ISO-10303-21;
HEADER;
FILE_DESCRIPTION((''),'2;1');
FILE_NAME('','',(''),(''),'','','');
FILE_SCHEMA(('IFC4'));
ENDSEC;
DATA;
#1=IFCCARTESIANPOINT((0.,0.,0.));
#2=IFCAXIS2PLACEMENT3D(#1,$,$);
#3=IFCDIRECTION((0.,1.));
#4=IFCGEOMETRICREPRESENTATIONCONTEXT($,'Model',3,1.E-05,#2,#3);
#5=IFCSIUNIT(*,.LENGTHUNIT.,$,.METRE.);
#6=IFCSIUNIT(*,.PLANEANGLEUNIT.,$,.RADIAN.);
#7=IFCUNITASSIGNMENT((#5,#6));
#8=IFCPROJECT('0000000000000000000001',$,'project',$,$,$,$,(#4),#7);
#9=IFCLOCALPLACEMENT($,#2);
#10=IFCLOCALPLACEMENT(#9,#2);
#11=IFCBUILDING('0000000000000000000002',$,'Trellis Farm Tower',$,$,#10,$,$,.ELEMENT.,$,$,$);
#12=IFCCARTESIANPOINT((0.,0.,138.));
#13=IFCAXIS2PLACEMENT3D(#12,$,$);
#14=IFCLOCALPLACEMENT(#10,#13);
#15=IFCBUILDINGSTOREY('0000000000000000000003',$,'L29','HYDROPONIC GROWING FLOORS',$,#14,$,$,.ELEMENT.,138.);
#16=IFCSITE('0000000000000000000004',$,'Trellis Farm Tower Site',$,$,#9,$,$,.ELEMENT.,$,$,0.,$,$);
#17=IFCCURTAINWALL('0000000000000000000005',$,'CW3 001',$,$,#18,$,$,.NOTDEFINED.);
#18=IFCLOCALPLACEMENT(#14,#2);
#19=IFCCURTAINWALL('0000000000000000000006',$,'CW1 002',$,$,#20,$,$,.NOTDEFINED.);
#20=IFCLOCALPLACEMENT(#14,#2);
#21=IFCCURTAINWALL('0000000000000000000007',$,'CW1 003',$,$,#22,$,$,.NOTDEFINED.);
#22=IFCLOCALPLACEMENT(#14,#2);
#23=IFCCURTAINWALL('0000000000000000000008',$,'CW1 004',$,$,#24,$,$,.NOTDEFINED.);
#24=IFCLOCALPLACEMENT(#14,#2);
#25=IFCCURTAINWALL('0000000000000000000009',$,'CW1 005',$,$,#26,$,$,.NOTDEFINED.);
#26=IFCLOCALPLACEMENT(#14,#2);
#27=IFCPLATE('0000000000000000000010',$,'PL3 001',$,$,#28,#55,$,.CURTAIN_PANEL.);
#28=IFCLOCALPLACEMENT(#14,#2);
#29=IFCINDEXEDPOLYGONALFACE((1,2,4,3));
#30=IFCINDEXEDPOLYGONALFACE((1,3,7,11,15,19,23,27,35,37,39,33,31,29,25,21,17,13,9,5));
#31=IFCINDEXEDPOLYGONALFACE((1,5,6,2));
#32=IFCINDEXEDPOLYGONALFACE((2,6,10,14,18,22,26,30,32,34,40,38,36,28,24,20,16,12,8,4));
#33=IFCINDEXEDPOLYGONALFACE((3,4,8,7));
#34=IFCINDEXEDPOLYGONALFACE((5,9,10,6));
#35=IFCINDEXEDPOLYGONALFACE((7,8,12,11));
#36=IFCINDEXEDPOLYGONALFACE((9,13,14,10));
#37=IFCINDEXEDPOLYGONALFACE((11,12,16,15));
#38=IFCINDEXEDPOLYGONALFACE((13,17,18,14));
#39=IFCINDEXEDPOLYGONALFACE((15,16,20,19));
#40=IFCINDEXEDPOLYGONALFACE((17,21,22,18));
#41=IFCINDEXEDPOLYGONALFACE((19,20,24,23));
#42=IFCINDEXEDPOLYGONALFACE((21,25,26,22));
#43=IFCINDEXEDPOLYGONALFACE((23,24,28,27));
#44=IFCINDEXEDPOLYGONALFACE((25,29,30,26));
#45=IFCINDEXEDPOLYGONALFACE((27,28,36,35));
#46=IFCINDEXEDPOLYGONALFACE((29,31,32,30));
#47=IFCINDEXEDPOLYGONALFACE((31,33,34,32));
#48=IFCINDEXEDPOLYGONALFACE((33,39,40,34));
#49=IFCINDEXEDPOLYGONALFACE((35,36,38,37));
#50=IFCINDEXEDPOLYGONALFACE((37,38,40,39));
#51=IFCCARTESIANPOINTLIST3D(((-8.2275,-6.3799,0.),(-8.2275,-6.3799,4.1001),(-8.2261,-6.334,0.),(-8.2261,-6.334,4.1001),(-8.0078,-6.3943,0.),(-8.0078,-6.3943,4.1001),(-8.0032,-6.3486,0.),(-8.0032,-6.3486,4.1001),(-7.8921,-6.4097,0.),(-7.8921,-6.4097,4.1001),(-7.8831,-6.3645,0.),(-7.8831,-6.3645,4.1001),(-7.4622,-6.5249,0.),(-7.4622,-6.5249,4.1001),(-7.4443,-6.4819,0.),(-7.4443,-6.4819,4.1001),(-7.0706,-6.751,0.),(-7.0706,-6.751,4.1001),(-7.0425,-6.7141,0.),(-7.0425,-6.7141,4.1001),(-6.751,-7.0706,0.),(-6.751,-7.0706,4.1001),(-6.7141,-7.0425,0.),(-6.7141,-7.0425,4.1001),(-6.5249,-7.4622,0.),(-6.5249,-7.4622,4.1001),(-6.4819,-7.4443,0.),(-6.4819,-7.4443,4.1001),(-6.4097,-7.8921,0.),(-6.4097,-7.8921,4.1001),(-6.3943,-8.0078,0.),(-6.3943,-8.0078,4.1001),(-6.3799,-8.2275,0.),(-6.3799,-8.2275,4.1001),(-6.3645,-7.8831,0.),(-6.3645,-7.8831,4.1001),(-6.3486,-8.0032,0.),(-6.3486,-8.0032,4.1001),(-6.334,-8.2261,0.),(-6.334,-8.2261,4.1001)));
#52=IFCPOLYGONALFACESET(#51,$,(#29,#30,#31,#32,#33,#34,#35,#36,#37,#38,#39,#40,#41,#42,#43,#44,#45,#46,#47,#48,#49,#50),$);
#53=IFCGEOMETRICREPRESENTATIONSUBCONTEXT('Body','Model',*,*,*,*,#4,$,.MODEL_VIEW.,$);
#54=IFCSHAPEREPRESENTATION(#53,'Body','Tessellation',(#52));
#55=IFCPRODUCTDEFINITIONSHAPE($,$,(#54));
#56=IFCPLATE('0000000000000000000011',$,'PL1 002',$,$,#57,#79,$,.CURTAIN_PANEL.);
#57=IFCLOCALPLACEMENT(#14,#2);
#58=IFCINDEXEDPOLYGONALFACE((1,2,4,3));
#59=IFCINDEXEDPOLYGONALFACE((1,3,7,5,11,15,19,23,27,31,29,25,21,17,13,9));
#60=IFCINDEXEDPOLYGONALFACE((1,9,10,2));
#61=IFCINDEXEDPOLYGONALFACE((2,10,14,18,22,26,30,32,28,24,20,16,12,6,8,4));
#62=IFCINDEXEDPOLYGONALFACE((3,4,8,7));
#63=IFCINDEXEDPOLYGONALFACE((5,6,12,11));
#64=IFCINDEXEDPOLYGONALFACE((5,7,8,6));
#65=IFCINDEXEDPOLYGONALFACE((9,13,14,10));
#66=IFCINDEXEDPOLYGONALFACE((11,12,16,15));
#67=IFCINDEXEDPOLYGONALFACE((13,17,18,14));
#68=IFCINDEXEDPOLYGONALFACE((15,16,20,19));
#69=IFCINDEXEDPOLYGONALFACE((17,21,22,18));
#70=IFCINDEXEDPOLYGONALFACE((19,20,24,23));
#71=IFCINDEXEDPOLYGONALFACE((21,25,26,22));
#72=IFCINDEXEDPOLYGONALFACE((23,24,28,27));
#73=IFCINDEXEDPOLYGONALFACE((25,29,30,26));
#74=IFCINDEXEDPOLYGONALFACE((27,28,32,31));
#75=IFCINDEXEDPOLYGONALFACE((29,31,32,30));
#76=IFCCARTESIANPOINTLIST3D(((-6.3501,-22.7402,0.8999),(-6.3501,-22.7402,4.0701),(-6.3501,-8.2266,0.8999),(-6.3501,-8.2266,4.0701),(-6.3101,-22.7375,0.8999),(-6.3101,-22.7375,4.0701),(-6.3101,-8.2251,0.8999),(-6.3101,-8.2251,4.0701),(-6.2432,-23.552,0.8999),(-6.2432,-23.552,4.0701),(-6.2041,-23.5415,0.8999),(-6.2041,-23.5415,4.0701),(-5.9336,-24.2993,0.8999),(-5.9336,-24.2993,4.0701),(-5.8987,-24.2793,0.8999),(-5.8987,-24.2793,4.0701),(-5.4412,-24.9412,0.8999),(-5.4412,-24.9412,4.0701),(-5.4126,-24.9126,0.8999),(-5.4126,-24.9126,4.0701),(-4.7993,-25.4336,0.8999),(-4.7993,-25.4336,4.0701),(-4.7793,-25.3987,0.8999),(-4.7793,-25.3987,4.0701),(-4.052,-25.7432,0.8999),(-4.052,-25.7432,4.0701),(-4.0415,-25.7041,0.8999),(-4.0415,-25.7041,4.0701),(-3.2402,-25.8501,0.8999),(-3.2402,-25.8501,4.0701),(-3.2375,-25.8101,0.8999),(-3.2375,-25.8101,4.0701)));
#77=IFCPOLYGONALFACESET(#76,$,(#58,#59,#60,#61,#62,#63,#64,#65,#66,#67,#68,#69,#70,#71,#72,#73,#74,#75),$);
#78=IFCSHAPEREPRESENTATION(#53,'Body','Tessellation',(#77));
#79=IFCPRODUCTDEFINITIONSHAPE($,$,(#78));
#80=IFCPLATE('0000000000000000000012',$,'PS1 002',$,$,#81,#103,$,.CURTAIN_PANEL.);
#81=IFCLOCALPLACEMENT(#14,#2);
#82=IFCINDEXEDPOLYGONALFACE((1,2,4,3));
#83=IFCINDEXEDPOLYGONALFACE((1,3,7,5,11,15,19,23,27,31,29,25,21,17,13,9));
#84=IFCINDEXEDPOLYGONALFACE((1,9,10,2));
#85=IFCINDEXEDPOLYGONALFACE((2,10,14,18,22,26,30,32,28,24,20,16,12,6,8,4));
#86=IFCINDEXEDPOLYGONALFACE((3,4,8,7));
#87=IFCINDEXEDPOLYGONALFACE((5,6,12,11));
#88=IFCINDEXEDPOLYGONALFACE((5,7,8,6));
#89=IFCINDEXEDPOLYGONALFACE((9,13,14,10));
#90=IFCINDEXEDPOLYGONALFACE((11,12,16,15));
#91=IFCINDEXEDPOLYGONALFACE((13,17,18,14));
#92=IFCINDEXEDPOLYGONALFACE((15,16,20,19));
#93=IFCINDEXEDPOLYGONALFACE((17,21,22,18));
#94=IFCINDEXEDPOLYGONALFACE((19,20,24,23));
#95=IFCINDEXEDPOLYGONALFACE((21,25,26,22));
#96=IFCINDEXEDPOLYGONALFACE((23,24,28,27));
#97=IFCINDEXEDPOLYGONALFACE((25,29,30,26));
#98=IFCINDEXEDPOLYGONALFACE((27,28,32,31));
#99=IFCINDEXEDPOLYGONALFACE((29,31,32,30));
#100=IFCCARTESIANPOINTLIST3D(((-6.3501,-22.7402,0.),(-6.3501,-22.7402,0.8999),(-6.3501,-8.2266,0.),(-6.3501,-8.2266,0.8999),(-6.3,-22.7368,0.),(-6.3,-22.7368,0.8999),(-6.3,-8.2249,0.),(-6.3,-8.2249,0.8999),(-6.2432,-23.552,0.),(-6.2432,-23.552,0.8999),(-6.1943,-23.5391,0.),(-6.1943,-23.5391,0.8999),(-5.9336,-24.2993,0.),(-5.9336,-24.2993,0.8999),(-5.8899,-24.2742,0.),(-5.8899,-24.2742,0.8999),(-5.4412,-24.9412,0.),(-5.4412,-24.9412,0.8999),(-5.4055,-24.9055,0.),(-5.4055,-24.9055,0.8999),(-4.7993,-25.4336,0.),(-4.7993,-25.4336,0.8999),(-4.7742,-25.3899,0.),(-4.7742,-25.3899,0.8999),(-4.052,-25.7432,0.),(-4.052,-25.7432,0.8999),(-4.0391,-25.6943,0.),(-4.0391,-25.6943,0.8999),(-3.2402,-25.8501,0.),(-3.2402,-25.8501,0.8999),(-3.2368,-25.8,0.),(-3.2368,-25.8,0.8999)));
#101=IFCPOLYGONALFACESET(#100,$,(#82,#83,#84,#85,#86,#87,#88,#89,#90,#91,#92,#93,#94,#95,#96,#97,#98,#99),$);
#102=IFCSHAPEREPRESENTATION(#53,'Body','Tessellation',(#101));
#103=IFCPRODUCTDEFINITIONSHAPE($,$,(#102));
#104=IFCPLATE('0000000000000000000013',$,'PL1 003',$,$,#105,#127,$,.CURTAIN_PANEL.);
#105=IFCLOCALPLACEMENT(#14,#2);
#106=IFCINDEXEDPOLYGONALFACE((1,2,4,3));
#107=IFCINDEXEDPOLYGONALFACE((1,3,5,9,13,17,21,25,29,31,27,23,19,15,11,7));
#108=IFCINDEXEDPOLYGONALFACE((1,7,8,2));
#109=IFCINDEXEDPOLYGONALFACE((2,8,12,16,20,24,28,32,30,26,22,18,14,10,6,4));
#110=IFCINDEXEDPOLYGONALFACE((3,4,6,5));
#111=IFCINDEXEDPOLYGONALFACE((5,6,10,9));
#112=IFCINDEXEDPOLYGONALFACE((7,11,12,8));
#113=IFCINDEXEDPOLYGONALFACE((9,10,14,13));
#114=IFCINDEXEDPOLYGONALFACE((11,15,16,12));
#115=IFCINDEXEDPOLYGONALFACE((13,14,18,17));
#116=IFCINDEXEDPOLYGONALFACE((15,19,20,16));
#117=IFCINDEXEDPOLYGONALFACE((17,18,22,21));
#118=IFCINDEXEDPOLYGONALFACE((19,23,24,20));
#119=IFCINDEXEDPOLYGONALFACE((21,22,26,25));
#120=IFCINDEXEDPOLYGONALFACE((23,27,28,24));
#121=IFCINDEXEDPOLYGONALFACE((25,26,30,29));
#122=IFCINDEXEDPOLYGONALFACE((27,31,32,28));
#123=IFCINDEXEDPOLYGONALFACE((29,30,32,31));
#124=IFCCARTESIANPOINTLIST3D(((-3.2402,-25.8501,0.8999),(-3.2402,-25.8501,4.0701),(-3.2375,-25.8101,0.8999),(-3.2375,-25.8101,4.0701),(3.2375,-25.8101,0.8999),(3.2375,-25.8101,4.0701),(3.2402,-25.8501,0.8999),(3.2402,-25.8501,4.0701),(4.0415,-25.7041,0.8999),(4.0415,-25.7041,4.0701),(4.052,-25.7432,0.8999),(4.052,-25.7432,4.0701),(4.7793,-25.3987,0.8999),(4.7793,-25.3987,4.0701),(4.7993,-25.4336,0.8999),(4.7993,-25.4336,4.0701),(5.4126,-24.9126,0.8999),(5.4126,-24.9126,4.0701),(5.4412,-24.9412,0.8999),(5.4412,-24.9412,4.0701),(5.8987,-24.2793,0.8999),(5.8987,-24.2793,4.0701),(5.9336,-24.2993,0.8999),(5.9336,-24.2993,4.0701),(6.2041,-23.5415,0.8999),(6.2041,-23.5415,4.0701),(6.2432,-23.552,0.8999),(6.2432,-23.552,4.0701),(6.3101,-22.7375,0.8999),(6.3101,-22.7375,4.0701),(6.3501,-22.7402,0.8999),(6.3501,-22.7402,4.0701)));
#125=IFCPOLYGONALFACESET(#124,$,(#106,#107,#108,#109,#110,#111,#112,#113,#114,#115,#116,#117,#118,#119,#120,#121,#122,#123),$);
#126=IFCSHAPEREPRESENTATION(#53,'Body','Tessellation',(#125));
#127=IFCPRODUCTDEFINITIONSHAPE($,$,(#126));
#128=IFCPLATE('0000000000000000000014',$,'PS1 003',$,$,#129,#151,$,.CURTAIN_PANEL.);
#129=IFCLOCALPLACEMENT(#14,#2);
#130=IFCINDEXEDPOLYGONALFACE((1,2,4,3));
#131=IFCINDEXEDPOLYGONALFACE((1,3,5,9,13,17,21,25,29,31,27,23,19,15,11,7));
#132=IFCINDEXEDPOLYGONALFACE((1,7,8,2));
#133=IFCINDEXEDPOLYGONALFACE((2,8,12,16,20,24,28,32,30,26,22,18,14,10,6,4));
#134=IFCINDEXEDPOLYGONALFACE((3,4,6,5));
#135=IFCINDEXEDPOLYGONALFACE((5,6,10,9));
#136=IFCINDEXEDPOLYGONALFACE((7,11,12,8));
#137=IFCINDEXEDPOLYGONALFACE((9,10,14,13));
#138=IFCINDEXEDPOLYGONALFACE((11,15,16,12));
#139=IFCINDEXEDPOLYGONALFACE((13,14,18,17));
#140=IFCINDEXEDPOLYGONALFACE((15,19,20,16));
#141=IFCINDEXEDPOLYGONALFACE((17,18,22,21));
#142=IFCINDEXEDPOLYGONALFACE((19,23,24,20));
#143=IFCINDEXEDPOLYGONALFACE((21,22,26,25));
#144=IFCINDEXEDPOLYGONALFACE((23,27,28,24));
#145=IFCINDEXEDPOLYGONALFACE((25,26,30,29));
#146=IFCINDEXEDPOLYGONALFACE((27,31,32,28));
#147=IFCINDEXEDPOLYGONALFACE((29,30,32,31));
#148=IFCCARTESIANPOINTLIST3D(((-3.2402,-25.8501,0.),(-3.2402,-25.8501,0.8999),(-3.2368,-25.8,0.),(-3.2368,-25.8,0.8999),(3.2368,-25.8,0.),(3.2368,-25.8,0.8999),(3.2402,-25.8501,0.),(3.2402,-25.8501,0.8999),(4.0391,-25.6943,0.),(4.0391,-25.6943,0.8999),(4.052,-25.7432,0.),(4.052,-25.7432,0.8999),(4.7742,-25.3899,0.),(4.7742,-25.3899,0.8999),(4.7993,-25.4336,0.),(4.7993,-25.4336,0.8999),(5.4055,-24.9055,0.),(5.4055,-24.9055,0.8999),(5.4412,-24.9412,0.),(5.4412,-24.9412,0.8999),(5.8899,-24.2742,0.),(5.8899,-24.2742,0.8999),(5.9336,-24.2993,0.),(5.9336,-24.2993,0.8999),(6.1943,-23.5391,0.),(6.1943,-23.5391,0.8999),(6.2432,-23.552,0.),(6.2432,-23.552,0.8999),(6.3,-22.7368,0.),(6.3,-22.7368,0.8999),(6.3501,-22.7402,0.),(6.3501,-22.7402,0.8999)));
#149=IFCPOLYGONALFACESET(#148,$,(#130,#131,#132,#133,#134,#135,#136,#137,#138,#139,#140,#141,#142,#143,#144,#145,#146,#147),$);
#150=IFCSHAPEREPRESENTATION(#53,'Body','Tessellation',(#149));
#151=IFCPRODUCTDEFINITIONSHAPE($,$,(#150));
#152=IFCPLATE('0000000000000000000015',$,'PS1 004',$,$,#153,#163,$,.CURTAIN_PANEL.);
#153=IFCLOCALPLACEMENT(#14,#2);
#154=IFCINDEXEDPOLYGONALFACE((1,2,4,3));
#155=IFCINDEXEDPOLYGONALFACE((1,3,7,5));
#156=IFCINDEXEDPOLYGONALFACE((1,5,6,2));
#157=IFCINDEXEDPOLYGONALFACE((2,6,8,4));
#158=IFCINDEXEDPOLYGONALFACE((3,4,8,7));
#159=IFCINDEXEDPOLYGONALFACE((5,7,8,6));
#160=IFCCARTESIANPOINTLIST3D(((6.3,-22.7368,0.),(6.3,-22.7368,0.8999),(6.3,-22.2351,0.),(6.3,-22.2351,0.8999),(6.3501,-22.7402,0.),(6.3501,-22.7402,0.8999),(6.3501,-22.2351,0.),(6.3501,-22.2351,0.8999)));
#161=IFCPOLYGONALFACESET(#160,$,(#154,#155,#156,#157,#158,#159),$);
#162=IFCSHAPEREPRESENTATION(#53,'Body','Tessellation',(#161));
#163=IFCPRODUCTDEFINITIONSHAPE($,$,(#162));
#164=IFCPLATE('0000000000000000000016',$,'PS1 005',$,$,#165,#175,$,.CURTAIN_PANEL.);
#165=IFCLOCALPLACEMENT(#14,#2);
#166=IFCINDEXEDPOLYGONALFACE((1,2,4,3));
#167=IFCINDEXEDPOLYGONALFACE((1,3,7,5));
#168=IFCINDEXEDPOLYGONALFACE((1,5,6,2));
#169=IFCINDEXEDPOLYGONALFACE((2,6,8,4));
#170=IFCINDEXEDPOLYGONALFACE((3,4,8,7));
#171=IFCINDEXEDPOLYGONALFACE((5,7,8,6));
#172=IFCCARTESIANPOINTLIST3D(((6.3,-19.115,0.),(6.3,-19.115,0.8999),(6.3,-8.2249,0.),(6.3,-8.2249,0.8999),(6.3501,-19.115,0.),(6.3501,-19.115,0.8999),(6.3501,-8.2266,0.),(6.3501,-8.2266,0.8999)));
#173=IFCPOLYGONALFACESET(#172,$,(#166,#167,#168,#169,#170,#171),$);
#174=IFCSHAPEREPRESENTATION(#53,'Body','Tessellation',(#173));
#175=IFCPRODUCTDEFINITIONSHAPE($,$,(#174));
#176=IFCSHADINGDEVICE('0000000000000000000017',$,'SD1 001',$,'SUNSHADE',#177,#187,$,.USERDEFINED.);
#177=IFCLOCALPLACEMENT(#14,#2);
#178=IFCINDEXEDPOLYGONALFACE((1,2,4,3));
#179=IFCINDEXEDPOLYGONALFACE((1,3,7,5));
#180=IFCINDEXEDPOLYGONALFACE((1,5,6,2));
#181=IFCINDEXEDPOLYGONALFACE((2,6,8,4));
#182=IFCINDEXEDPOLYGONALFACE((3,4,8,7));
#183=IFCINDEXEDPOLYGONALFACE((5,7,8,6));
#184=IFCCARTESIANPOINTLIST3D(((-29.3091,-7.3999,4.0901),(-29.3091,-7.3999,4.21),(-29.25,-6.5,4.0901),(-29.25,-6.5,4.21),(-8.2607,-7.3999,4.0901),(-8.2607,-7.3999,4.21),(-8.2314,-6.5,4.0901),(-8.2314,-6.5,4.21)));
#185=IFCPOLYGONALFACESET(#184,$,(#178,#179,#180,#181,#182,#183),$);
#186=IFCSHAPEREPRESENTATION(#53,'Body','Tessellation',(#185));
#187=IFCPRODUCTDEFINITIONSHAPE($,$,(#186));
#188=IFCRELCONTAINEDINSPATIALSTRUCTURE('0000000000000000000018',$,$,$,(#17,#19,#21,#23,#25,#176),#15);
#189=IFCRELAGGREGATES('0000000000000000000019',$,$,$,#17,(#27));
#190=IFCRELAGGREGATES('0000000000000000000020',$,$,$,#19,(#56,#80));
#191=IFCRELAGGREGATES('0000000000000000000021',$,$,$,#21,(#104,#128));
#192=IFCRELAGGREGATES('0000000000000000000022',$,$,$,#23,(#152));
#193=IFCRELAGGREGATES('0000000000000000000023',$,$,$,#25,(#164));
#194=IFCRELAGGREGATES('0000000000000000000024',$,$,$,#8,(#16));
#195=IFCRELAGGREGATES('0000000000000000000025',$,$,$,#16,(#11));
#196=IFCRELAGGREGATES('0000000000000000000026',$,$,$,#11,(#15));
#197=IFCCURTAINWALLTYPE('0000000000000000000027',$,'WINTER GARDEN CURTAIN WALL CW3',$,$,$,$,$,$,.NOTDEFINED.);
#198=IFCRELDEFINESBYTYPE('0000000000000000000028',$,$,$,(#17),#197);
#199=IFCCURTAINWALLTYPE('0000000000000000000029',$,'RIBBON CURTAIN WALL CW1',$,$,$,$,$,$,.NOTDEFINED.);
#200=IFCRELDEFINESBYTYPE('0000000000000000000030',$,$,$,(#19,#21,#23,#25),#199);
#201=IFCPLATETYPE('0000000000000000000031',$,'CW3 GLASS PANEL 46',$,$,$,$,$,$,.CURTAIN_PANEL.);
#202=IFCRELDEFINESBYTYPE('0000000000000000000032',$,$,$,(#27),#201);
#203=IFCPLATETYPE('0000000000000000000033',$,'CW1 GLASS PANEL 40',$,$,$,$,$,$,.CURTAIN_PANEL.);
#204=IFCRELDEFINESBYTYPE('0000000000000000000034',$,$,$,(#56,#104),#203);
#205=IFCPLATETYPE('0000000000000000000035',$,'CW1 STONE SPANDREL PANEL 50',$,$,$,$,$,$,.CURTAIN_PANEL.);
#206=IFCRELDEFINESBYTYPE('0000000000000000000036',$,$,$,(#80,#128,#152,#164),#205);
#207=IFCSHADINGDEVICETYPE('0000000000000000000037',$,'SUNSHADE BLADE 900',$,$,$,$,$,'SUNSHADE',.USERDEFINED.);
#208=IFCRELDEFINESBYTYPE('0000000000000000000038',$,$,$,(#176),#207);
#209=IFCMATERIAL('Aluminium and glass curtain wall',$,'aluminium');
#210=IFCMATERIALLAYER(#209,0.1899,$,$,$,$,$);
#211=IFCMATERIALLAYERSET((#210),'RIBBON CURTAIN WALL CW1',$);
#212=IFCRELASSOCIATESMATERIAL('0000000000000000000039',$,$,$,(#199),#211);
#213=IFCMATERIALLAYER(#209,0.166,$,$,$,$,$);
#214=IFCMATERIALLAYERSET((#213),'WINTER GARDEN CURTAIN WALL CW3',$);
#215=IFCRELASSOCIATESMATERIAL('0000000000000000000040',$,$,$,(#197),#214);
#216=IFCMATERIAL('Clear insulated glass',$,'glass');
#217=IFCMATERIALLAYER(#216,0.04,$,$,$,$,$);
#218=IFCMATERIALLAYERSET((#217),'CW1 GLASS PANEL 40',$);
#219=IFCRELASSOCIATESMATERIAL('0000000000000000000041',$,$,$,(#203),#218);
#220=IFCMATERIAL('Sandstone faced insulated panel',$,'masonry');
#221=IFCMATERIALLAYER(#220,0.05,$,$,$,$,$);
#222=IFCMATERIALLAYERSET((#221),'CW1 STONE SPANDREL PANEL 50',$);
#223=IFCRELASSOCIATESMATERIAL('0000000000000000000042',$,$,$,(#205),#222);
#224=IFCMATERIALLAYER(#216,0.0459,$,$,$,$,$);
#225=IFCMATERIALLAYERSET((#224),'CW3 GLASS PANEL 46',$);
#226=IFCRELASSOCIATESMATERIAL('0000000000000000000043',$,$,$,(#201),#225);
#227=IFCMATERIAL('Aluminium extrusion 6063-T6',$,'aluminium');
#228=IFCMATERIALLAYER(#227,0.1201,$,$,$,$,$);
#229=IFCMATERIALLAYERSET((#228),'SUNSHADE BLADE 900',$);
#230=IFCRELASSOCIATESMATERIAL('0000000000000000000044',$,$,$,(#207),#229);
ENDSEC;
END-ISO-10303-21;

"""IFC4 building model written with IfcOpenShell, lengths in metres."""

from ifc_helpers import new_model, si_unit, direction, frame, origin, place, context, subcontext, project, spatial, polyline, outline, extrude, source, transform, mapped, material, layer, layer_set, type_object, element, aggregate, save


model = new_model("IFC4")

# Units and contexts
model_context = context("Model", 3, precision=1e-05, world=origin(), true_north=direction((0.0, 1.0)))
body_context = subcontext(model_context, "Body", "Model", "MODEL_VIEW")
ifc_project = project(units=[si_unit("LENGTHUNIT", "METRE"), si_unit("PLANEANGLEUNIT", "RADIAN")], contexts=[model_context])

# Site, building, storey
site_placement = place(None, origin())
site = spatial("IfcSite", under=ifc_project, at=site_placement, Name="Trellis Farm Tower Site", CompositionType="ELEMENT", RefElevation=0.0)
building_placement = place(site_placement, origin())
building = spatial("IfcBuilding", under=site, at=building_placement, Name="Trellis Farm Tower", CompositionType="ELEMENT")
storey_placement = place(building_placement, frame((0.0, 0.0, 138.0)))
storey = spatial("IfcBuildingStorey", under=building, at=storey_placement, Name="L29", Description="HYDROPONIC GROWING FLOORS", CompositionType="ELEMENT", Elevation=138.0)

# Curtain walls
ifc_material_1 = material(Name="Aluminium and glass curtain wall", Category="aluminium")
ifc_layer_1 = layer(ifc_material_1, 0.1899)
ifc_layer_set_1 = layer_set([ifc_layer_1], Name="RIBBON CURTAIN WALL CW1")
curtain_wall_type_1 = type_object("IfcCurtainWallType", Name="RIBBON CURTAIN WALL CW1", PredefinedType="NOTDEFINED", material=ifc_layer_set_1)
placement_1 = place(storey_placement, origin())
ifc_material_2 = material(Name="Aluminium extrusion 6063-T6", Category="aluminium")
ifc_layer_2 = layer(ifc_material_1, 0.166)
ifc_layer_set_2 = layer_set([ifc_layer_2], Name="WINTER GARDEN CURTAIN WALL CW3")
curtain_wall_type_2 = type_object("IfcCurtainWallType", Name="WINTER GARDEN CURTAIN WALL CW3", PredefinedType="NOTDEFINED", material=ifc_layer_set_2)
curtain_wall_1 = element("IfcCurtainWall", 1, at=placement_1, inside=storey, type_object=curtain_wall_type_2, Name="CW3 001", PredefinedType="NOTDEFINED")
curtain_wall_2 = element("IfcCurtainWall", 2, at=placement_1, inside=storey, type_object=curtain_wall_type_1, Name="CW1 002", PredefinedType="NOTDEFINED")
curtain_wall_3 = element("IfcCurtainWall", 3, at=placement_1, inside=storey, type_object=curtain_wall_type_1, Name="CW1 003", PredefinedType="NOTDEFINED")

# Curtain wall
curtain_wall_4 = element("IfcCurtainWall", 4, at=placement_1, inside=storey, type_object=curtain_wall_type_1, Name="CW1 004", PredefinedType="NOTDEFINED")
ifc_material_3 = material(Name="Clear insulated glass", Category="glass")
ifc_layer_3 = layer(ifc_material_3, 0.04)
ifc_layer_set_3 = layer_set([ifc_layer_3], Name="CW1 GLASS PANEL 40")
plate_type_1 = type_object("IfcPlateType", Name="CW1 GLASS PANEL 40", PredefinedType="CURTAIN_PANEL", material=ifc_layer_set_3)
placement_2 = place(storey_placement, frame((0.0, 0.0, 0.8999)))

# Curtain wall
curtain_wall_5 = element("IfcCurtainWall", 5, at=placement_1, inside=storey, type_object=curtain_wall_type_1, Name="CW1 005", PredefinedType="NOTDEFINED")

# Plates
ifc_material_4 = material(Name="Sandstone faced insulated panel", Category="masonry")
ifc_layer_4 = layer(ifc_material_4, 0.05)
ifc_layer_set_4 = layer_set([ifc_layer_4], Name="CW1 STONE SPANDREL PANEL 50")
plate_type_2 = type_object("IfcPlateType", Name="CW1 STONE SPANDREL PANEL 50", PredefinedType="CURTAIN_PANEL", material=ifc_layer_set_4)
ifc_layer_5 = layer(ifc_material_3, 0.0459)
ifc_layer_set_5 = layer_set([ifc_layer_5], Name="CW3 GLASS PANEL 46")
plate_type_3 = type_object("IfcPlateType", Name="CW3 GLASS PANEL 46", PredefinedType="CURTAIN_PANEL", material=ifc_layer_set_5)
shared_shape_1 = source(origin(), body_context, "Body", "SweptSolid", [
    extrude(outline(polyline([(-8.2275, -6.3799), (-8.0078, -6.3943), (-7.8921, -6.4097), (-7.4622, -6.5249), (-7.0706, -6.751), (-6.751, -7.0706), (-6.5249, -7.4622), (-6.4097, -7.8921), (-6.3943, -8.0078), (-6.3799, -8.2275), (-6.334, -8.2261), (-6.3486, -8.0032), (-6.3645, -7.8831), (-6.4819, -7.4443), (-6.7141, -7.0425), (-7.0425, -6.7141), (-7.4443, -6.4819), (-7.8831, -6.3645), (-8.0032, -6.3486), (-8.2261, -6.334), (-8.2275, -6.3799)])), origin(), (0.0, 0.0, 1.0), 4.1001),
])
plate_1 = element("IfcPlate", 6, at=placement_1, type_object=plate_type_3, Name="PL3 001", PredefinedType="CURTAIN_PANEL", context=body_context, shape_type="MappedRepresentation", body=[
    mapped(shared_shape_1, transform((0.0, 0.0, 0.0))),
])
aggregate(curtain_wall_1, [plate_1])
shared_shape_2 = source(origin(), body_context, "Body", "SweptSolid", [
    extrude(outline(polyline([(-6.3501, -8.2266), (-6.3501, -22.7402), (-6.2432, -23.552), (-5.9336, -24.2993), (-5.4412, -24.9412), (-4.7993, -25.4336), (-4.052, -25.7432), (-3.2402, -25.8501), (-3.2375, -25.8101), (-4.0415, -25.7041), (-4.7793, -25.3987), (-5.4126, -24.9126), (-5.8987, -24.2793), (-6.2041, -23.5415), (-6.3101, -22.7375), (-6.3101, -8.2251), (-6.3501, -8.2266)])), origin(), (0.0, 0.0, 1.0), 3.1702),
])
plate_2 = element("IfcPlate", 7, at=placement_2, type_object=plate_type_1, Name="PL1 002", PredefinedType="CURTAIN_PANEL", context=body_context, shape_type="MappedRepresentation", body=[
    mapped(shared_shape_2, transform((0.0, 0.0, 0.0))),
])
shared_shape_3 = source(origin(), body_context, "Body", "SweptSolid", [
    extrude(outline(polyline([(-6.3501, -8.2266), (-6.3501, -22.7402), (-6.2432, -23.552), (-5.9336, -24.2993), (-5.4412, -24.9412), (-4.7993, -25.4336), (-4.052, -25.7432), (-3.2402, -25.8501), (-3.2368, -25.8), (-4.0391, -25.6943), (-4.7742, -25.3899), (-5.4055, -24.9055), (-5.8899, -24.2742), (-6.1943, -23.5391), (-6.3, -22.7368), (-6.3, -8.2249), (-6.3501, -8.2266)])), origin(), (0.0, 0.0, 1.0), 0.8999),
])
plate_3 = element("IfcPlate", 8, at=placement_1, type_object=plate_type_2, Name="PS1 002", PredefinedType="CURTAIN_PANEL", context=body_context, shape_type="MappedRepresentation", body=[
    mapped(shared_shape_3, transform((0.0, 0.0, 0.0))),
])
aggregate(curtain_wall_2, [plate_2, plate_3])
shared_shape_4 = source(origin(), body_context, "Body", "SweptSolid", [
    extrude(outline(polyline([(-3.2402, -25.8501), (3.2402, -25.8501), (4.052, -25.7432), (4.7993, -25.4336), (5.4412, -24.9412), (5.9336, -24.2993), (6.2432, -23.552), (6.3501, -22.7402), (6.3101, -22.7375), (6.2041, -23.5415), (5.8987, -24.2793), (5.4126, -24.9126), (4.7793, -25.3987), (4.0415, -25.7041), (3.2375, -25.8101), (-3.2375, -25.8101), (-3.2402, -25.8501)])), origin(), (0.0, 0.0, 1.0), 3.1702),
])
plate_4 = element("IfcPlate", 9, at=placement_2, type_object=plate_type_1, Name="PL1 003", PredefinedType="CURTAIN_PANEL", context=body_context, shape_type="MappedRepresentation", body=[
    mapped(shared_shape_4, transform((0.0, 0.0, 0.0))),
])
shared_shape_5 = source(origin(), body_context, "Body", "SweptSolid", [
    extrude(outline(polyline([(-3.2402, -25.8501), (3.2402, -25.8501), (4.052, -25.7432), (4.7993, -25.4336), (5.4412, -24.9412), (5.9336, -24.2993), (6.2432, -23.552), (6.3501, -22.7402), (6.3, -22.7368), (6.1943, -23.5391), (5.8899, -24.2742), (5.4055, -24.9055), (4.7742, -25.3899), (4.0391, -25.6943), (3.2368, -25.8), (-3.2368, -25.8), (-3.2402, -25.8501)])), origin(), (0.0, 0.0, 1.0), 0.8999),
])
plate_5 = element("IfcPlate", 10, at=placement_1, type_object=plate_type_2, Name="PS1 003", PredefinedType="CURTAIN_PANEL", context=body_context, shape_type="MappedRepresentation", body=[
    mapped(shared_shape_5, transform((0.0, 0.0, 0.0))),
])
aggregate(curtain_wall_3, [plate_4, plate_5])
shared_shape_6 = source(origin(), body_context, "Body", "SweptSolid", [
    extrude(outline(polyline([(6.3501, -22.7402), (6.3501, -22.2351), (6.3, -22.2351), (6.3, -22.7368), (6.3501, -22.7402)])), origin(), (0.0, 0.0, 1.0), 0.8999),
])
plate_6 = element("IfcPlate", 11, at=placement_1, type_object=plate_type_2, Name="PS1 004", PredefinedType="CURTAIN_PANEL", context=body_context, shape_type="MappedRepresentation", body=[
    mapped(shared_shape_6, transform((0.0, 0.0, 0.0))),
])
aggregate(curtain_wall_4, [plate_6])
shared_shape_7 = source(origin(), body_context, "Body", "SweptSolid", [
    extrude(outline(polyline([(6.3501, -19.115), (6.3501, -8.2266), (6.3, -8.2249), (6.3, -19.115), (6.3501, -19.115)])), origin(), (0.0, 0.0, 1.0), 0.8999),
])
plate_7 = element("IfcPlate", 12, at=placement_1, type_object=plate_type_2, Name="PS1 005", PredefinedType="CURTAIN_PANEL", context=body_context, shape_type="MappedRepresentation", body=[
    mapped(shared_shape_7, transform((0.0, 0.0, 0.0))),
])
aggregate(curtain_wall_5, [plate_7])

# Shading device
ifc_layer_6 = layer(ifc_material_2, 0.1201)
ifc_layer_set_6 = layer_set([ifc_layer_6], Name="SUNSHADE BLADE 900")
shading_device_type_1 = type_object("IfcShadingDeviceType", Name="SUNSHADE BLADE 900", ElementType="SUNSHADE", PredefinedType="USERDEFINED", material=ifc_layer_set_6)
shared_shape_8 = source(origin(), body_context, "Body", "SweptSolid", [
    extrude(outline(polyline([(-29.3091, -7.3999), (-8.2607, -7.3999), (-8.2314, -6.5), (-29.25, -6.5), (-29.3091, -7.3999)])), origin(), (0.0, 0.0, 1.0), 0.1199),
])
placement_3 = place(storey_placement, frame((0.0, 0.0, 4.0901)))
element("IfcShadingDevice", 13, at=placement_3, inside=storey, type_object=shading_device_type_1, Name="SD1 001", ObjectType="SUNSHADE", PredefinedType="USERDEFINED", context=body_context, shape_type="MappedRepresentation", body=[
    mapped(shared_shape_8, transform((0.0, 0.0, 0.0))),
])

save(model, "model.ifc")
